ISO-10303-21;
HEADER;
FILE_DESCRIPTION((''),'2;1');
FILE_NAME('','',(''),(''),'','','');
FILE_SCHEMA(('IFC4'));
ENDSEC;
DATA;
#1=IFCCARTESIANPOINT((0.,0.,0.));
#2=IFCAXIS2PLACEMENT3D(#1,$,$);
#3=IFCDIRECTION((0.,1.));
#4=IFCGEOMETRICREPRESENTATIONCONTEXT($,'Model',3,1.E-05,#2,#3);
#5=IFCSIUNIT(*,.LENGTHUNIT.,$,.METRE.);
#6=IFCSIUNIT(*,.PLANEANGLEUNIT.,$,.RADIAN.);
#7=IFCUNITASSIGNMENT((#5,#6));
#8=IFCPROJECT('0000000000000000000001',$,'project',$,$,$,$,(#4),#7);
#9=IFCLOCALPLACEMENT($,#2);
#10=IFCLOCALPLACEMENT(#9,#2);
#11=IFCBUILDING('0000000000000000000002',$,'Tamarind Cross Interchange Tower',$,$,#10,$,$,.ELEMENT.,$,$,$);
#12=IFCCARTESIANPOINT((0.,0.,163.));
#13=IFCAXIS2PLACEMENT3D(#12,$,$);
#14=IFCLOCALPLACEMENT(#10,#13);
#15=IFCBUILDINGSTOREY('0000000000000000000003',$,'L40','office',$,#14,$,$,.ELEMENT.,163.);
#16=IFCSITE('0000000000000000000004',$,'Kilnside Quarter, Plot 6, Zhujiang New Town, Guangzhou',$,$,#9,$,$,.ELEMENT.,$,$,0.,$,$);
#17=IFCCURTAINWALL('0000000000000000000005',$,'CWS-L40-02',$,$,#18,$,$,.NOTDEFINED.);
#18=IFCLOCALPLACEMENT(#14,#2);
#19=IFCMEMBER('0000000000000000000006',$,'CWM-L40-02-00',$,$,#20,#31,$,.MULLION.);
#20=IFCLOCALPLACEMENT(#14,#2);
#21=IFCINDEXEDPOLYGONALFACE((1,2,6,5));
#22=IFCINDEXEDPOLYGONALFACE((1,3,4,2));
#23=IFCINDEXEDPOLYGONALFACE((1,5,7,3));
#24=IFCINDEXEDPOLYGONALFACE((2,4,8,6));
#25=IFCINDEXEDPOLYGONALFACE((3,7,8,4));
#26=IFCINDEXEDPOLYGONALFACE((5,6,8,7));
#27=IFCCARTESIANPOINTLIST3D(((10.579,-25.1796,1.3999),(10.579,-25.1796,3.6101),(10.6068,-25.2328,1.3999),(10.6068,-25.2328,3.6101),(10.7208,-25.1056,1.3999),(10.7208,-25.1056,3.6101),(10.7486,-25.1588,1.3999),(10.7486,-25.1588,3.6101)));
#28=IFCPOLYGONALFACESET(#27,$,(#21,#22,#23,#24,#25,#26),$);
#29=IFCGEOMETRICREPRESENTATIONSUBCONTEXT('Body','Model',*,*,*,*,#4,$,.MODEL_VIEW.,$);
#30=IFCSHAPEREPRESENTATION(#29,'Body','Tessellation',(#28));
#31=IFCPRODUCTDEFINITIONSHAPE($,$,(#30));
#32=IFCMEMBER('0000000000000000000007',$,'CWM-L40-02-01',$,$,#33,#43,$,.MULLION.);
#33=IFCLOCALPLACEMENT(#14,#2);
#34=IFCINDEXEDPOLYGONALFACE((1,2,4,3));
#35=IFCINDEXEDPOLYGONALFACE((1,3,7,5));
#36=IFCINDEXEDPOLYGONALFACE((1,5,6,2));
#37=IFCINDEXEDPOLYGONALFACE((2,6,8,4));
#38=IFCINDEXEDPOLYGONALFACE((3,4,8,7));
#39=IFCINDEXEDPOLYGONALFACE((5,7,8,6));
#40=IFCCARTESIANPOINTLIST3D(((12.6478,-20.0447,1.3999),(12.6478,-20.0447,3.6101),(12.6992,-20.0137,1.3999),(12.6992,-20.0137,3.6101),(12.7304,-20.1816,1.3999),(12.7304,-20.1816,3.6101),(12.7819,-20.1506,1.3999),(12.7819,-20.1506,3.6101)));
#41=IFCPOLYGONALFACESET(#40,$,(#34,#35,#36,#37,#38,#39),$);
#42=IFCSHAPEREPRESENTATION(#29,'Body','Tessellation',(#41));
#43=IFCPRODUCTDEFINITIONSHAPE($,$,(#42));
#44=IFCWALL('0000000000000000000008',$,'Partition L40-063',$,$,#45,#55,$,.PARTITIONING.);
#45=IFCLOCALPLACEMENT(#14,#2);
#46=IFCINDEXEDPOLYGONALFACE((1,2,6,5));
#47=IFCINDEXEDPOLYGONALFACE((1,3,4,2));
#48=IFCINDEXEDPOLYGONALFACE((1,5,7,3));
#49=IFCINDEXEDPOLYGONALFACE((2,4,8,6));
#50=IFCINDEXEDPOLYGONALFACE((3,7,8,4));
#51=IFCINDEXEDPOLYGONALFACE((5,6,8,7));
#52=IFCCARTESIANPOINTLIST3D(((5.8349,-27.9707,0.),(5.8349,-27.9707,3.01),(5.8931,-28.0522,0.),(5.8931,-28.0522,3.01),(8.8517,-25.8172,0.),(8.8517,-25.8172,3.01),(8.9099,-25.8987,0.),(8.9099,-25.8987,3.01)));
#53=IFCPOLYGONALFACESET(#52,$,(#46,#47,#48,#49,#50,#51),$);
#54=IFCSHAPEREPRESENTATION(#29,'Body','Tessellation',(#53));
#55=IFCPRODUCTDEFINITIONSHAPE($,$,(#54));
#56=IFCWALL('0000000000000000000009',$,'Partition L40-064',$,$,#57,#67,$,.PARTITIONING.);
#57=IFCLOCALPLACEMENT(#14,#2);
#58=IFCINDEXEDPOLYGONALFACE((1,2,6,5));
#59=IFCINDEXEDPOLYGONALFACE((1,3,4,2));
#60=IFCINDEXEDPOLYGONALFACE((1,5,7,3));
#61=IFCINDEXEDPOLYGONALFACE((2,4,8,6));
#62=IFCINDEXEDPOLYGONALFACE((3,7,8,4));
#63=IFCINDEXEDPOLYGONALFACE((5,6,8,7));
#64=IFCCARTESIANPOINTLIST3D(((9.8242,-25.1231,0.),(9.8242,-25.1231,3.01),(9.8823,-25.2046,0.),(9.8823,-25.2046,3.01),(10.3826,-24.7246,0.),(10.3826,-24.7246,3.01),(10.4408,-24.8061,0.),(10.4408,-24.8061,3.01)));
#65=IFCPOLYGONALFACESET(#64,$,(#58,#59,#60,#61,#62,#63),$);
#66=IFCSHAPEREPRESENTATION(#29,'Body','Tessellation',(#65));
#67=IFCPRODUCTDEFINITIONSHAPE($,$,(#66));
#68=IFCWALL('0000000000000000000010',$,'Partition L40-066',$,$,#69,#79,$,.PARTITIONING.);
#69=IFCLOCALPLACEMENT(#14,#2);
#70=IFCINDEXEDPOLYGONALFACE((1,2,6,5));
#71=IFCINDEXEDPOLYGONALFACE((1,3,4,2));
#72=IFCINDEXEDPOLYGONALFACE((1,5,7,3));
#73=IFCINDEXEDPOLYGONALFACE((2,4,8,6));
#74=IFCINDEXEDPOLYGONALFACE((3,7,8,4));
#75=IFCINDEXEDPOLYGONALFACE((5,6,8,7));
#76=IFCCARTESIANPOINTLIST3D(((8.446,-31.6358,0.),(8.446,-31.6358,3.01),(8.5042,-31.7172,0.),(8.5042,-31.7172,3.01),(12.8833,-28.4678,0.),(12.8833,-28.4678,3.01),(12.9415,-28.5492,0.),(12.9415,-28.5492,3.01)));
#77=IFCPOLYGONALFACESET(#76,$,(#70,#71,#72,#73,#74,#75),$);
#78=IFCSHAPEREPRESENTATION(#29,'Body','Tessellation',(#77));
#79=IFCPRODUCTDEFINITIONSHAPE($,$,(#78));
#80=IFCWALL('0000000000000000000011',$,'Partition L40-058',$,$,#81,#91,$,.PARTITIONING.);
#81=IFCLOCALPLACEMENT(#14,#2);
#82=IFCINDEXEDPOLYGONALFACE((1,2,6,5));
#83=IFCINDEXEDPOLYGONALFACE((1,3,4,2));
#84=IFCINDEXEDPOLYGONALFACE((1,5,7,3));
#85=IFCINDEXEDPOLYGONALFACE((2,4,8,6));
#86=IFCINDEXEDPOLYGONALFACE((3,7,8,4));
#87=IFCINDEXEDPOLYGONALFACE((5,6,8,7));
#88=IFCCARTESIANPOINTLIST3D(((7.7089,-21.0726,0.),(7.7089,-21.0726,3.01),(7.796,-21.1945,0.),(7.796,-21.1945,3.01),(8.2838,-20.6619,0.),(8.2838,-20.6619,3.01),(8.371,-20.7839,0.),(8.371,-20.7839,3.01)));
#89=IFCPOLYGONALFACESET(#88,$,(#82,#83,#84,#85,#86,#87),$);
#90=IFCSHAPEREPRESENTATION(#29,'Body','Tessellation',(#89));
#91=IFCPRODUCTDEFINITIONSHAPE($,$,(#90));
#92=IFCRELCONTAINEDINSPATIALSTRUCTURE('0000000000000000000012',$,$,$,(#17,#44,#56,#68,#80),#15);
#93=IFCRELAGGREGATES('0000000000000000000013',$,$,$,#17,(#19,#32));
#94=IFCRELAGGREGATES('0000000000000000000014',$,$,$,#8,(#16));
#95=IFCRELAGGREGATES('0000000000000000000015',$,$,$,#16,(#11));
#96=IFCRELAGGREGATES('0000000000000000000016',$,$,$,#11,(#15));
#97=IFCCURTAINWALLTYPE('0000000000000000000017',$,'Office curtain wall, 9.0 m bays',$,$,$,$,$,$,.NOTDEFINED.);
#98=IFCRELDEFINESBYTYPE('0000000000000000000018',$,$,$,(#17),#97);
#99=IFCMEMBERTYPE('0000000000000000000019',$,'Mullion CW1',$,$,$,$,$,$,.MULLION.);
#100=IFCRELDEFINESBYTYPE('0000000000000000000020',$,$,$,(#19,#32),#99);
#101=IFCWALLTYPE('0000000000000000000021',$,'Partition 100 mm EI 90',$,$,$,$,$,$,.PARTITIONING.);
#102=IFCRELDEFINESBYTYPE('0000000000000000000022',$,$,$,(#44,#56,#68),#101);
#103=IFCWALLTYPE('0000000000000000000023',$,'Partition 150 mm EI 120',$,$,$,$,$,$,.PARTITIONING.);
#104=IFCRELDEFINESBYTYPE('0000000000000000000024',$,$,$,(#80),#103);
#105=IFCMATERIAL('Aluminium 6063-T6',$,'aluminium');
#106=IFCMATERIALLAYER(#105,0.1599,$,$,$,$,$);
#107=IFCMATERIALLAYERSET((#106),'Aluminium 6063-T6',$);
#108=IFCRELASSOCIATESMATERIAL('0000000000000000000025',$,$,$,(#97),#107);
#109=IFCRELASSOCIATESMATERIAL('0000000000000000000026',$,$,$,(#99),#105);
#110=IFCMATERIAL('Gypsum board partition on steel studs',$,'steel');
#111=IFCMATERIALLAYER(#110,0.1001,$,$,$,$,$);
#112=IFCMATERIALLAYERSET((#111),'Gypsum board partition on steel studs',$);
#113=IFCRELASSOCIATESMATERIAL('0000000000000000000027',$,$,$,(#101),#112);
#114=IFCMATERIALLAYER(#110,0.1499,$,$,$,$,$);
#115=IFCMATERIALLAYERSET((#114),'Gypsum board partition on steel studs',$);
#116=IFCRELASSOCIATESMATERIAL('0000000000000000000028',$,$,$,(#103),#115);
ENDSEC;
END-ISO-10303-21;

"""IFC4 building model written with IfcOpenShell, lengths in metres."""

from ifc_helpers import new_model, si_unit, direction, frame, frame_2d, origin, origin_2d, place, context, subcontext, project, spatial, rectangle, extrude, material, layer, layer_set, material_profile, profile_set, type_object, element, aggregate, save


model = new_model("IFC4")

# Units and contexts
model_context = context("Model", 3, precision=1e-05, world=origin(), true_north=direction((0.0, 1.0)))
body_context = subcontext(model_context, "Body", "Model", "MODEL_VIEW")
ifc_project = project(units=[si_unit("LENGTHUNIT", "METRE"), si_unit("PLANEANGLEUNIT", "RADIAN")], contexts=[model_context])

# Site, building, storey
site_placement = place(None, origin())
site = spatial("IfcSite", under=ifc_project, at=site_placement, Name="Kilnside Quarter, Plot 6, Zhujiang New Town, Guangzhou", CompositionType="ELEMENT", RefElevation=0.0)
building_placement = place(site_placement, origin())
building = spatial("IfcBuilding", under=site, at=building_placement, Name="Tamarind Cross Interchange Tower", CompositionType="ELEMENT")
storey_placement = place(building_placement, frame((0.0, 0.0, 163.0)))
storey = spatial("IfcBuildingStorey", under=building, at=storey_placement, Name="L40", Description="office", CompositionType="ELEMENT", Elevation=163.0)

# Curtain wall, members
ifc_material_1 = material(Name="Aluminium 6063-T6", Category="aluminium")
ifc_layer_1 = layer(ifc_material_1, 0.1599)
ifc_layer_set_1 = layer_set([ifc_layer_1], Name="Aluminium 6063-T6")
curtain_wall_type = type_object("IfcCurtainWallType", Name="Office curtain wall, 9.0 m bays", PredefinedType="NOTDEFINED", material=ifc_layer_set_1)
curtain_wall_placement = place(storey_placement, origin())
curtain_wall = element("IfcCurtainWall", 1, at=curtain_wall_placement, inside=storey, type_object=curtain_wall_type, Name="CWS-L40-02", PredefinedType="NOTDEFINED")
ifc_material_profile_1 = material_profile(ifc_material_1, rectangle(XDim=0.0601, YDim=0.1599, at=origin_2d()), Name="Mullion CW1")
ifc_profile_set_1 = profile_set([ifc_material_profile_1], Name="Aluminium 6063-T6")
member_type = type_object("IfcMemberType", Name="Mullion CW1", PredefinedType="MULLION", material=ifc_profile_set_1)
member_1_placement = place(storey_placement, frame((10.6638, -25.1692, 1.3999), z_axis=(0.0, 0.0, 1.0), x_axis=(-0.462721, 0.886504, 0.0)))
member_1 = element("IfcMember", 2, at=member_1_placement, type_object=member_type, Name="CWM-L40-02-00", PredefinedType="MULLION", context=body_context, shape_type="SweptSolid", body=[
    extrude(rectangle(XDim=0.0601, YDim=0.1599, at=origin_2d()), origin(), (0.0, 0.0, 1.0), 2.2102),
])
member_2_placement = place(storey_placement, frame((12.7148, -20.0977, 1.3999), z_axis=(0.0, 0.0, 1.0), x_axis=(0.856156, 0.516717, 0.0)))
member_2 = element("IfcMember", 3, at=member_2_placement, type_object=member_type, Name="CWM-L40-02-01", PredefinedType="MULLION", context=body_context, shape_type="SweptSolid", body=[
    extrude(rectangle(XDim=0.0601, YDim=0.1599, at=origin_2d()), origin(), (0.0, 0.0, 1.0), 2.2102),
])
aggregate(curtain_wall, [member_1, member_2])

# Walls
ifc_material_2 = material(Name="Gypsum board partition on steel studs", Category="steel")
ifc_layer_2 = layer(ifc_material_2, 0.1001)
ifc_layer_set_2 = layer_set([ifc_layer_2], Name="Gypsum board partition on steel studs")
wall_type_1 = type_object("IfcWallType", Name="Partition 100 mm EI 90", PredefinedType="PARTITIONING", material=ifc_layer_set_2)
wall_1_placement = place(storey_placement, frame((5.864, -28.0115, 0.0), z_axis=(0.0, 0.0, 1.0), x_axis=(0.813903, 0.581001, 0.0)))
element("IfcWall", 4, at=wall_1_placement, inside=storey, type_object=wall_type_1, Name="Partition L40-063", PredefinedType="PARTITIONING", context=body_context, shape_type="SweptSolid", body=[
    extrude(rectangle(XDim=3.7065, YDim=0.1001, at=frame_2d((1.8533, 0.0))), origin(), (0.0, 0.0, 1.0), 3.01),
])
wall_2_placement = place(storey_placement, frame((9.8533, -25.1638, 0.0), z_axis=(0.0, 0.0, 1.0), x_axis=(0.813998, 0.580868, 0.0)))
element("IfcWall", 5, at=wall_2_placement, inside=storey, type_object=wall_type_1, Name="Partition L40-064", PredefinedType="PARTITIONING", context=body_context, shape_type="SweptSolid", body=[
    extrude(rectangle(XDim=0.686, YDim=0.1001, at=frame_2d((0.343, 0.0))), origin(), (0.0, 0.0, 1.0), 3.01),
])
wall_3_placement = place(storey_placement, frame((8.4751, -31.6765, 0.0), z_axis=(0.0, 0.0, 1.0), x_axis=(0.813864, 0.581056, 0.0)))
element("IfcWall", 6, at=wall_3_placement, inside=storey, type_object=wall_type_1, Name="Partition L40-066", PredefinedType="PARTITIONING", context=body_context, shape_type="SweptSolid", body=[
    extrude(rectangle(XDim=5.4521, YDim=0.1001, at=frame_2d((2.7261, 0.0))), origin(), (0.0, 0.0, 1.0), 3.01),
])
ifc_layer_3 = layer(ifc_material_2, 0.1499)
ifc_layer_set_3 = layer_set([ifc_layer_3], Name="Gypsum board partition on steel studs")
wall_type_2 = type_object("IfcWallType", Name="Partition 150 mm EI 120", PredefinedType="PARTITIONING", material=ifc_layer_set_3)
wall_4_placement = place(storey_placement, frame((7.7524, -21.1335, 0.0), z_axis=(0.0, 0.0, 1.0), x_axis=(0.813757, 0.581206, 0.0)))
element("IfcWall", 7, at=wall_4_placement, inside=storey, type_object=wall_type_2, Name="Partition L40-058", PredefinedType="PARTITIONING", context=body_context, shape_type="SweptSolid", body=[
    extrude(rectangle(XDim=0.7065, YDim=0.1499, at=frame_2d((0.3533, 0.0))), origin(), (0.0, 0.0, 1.0), 3.01),
])

save(model, "model.ifc")
